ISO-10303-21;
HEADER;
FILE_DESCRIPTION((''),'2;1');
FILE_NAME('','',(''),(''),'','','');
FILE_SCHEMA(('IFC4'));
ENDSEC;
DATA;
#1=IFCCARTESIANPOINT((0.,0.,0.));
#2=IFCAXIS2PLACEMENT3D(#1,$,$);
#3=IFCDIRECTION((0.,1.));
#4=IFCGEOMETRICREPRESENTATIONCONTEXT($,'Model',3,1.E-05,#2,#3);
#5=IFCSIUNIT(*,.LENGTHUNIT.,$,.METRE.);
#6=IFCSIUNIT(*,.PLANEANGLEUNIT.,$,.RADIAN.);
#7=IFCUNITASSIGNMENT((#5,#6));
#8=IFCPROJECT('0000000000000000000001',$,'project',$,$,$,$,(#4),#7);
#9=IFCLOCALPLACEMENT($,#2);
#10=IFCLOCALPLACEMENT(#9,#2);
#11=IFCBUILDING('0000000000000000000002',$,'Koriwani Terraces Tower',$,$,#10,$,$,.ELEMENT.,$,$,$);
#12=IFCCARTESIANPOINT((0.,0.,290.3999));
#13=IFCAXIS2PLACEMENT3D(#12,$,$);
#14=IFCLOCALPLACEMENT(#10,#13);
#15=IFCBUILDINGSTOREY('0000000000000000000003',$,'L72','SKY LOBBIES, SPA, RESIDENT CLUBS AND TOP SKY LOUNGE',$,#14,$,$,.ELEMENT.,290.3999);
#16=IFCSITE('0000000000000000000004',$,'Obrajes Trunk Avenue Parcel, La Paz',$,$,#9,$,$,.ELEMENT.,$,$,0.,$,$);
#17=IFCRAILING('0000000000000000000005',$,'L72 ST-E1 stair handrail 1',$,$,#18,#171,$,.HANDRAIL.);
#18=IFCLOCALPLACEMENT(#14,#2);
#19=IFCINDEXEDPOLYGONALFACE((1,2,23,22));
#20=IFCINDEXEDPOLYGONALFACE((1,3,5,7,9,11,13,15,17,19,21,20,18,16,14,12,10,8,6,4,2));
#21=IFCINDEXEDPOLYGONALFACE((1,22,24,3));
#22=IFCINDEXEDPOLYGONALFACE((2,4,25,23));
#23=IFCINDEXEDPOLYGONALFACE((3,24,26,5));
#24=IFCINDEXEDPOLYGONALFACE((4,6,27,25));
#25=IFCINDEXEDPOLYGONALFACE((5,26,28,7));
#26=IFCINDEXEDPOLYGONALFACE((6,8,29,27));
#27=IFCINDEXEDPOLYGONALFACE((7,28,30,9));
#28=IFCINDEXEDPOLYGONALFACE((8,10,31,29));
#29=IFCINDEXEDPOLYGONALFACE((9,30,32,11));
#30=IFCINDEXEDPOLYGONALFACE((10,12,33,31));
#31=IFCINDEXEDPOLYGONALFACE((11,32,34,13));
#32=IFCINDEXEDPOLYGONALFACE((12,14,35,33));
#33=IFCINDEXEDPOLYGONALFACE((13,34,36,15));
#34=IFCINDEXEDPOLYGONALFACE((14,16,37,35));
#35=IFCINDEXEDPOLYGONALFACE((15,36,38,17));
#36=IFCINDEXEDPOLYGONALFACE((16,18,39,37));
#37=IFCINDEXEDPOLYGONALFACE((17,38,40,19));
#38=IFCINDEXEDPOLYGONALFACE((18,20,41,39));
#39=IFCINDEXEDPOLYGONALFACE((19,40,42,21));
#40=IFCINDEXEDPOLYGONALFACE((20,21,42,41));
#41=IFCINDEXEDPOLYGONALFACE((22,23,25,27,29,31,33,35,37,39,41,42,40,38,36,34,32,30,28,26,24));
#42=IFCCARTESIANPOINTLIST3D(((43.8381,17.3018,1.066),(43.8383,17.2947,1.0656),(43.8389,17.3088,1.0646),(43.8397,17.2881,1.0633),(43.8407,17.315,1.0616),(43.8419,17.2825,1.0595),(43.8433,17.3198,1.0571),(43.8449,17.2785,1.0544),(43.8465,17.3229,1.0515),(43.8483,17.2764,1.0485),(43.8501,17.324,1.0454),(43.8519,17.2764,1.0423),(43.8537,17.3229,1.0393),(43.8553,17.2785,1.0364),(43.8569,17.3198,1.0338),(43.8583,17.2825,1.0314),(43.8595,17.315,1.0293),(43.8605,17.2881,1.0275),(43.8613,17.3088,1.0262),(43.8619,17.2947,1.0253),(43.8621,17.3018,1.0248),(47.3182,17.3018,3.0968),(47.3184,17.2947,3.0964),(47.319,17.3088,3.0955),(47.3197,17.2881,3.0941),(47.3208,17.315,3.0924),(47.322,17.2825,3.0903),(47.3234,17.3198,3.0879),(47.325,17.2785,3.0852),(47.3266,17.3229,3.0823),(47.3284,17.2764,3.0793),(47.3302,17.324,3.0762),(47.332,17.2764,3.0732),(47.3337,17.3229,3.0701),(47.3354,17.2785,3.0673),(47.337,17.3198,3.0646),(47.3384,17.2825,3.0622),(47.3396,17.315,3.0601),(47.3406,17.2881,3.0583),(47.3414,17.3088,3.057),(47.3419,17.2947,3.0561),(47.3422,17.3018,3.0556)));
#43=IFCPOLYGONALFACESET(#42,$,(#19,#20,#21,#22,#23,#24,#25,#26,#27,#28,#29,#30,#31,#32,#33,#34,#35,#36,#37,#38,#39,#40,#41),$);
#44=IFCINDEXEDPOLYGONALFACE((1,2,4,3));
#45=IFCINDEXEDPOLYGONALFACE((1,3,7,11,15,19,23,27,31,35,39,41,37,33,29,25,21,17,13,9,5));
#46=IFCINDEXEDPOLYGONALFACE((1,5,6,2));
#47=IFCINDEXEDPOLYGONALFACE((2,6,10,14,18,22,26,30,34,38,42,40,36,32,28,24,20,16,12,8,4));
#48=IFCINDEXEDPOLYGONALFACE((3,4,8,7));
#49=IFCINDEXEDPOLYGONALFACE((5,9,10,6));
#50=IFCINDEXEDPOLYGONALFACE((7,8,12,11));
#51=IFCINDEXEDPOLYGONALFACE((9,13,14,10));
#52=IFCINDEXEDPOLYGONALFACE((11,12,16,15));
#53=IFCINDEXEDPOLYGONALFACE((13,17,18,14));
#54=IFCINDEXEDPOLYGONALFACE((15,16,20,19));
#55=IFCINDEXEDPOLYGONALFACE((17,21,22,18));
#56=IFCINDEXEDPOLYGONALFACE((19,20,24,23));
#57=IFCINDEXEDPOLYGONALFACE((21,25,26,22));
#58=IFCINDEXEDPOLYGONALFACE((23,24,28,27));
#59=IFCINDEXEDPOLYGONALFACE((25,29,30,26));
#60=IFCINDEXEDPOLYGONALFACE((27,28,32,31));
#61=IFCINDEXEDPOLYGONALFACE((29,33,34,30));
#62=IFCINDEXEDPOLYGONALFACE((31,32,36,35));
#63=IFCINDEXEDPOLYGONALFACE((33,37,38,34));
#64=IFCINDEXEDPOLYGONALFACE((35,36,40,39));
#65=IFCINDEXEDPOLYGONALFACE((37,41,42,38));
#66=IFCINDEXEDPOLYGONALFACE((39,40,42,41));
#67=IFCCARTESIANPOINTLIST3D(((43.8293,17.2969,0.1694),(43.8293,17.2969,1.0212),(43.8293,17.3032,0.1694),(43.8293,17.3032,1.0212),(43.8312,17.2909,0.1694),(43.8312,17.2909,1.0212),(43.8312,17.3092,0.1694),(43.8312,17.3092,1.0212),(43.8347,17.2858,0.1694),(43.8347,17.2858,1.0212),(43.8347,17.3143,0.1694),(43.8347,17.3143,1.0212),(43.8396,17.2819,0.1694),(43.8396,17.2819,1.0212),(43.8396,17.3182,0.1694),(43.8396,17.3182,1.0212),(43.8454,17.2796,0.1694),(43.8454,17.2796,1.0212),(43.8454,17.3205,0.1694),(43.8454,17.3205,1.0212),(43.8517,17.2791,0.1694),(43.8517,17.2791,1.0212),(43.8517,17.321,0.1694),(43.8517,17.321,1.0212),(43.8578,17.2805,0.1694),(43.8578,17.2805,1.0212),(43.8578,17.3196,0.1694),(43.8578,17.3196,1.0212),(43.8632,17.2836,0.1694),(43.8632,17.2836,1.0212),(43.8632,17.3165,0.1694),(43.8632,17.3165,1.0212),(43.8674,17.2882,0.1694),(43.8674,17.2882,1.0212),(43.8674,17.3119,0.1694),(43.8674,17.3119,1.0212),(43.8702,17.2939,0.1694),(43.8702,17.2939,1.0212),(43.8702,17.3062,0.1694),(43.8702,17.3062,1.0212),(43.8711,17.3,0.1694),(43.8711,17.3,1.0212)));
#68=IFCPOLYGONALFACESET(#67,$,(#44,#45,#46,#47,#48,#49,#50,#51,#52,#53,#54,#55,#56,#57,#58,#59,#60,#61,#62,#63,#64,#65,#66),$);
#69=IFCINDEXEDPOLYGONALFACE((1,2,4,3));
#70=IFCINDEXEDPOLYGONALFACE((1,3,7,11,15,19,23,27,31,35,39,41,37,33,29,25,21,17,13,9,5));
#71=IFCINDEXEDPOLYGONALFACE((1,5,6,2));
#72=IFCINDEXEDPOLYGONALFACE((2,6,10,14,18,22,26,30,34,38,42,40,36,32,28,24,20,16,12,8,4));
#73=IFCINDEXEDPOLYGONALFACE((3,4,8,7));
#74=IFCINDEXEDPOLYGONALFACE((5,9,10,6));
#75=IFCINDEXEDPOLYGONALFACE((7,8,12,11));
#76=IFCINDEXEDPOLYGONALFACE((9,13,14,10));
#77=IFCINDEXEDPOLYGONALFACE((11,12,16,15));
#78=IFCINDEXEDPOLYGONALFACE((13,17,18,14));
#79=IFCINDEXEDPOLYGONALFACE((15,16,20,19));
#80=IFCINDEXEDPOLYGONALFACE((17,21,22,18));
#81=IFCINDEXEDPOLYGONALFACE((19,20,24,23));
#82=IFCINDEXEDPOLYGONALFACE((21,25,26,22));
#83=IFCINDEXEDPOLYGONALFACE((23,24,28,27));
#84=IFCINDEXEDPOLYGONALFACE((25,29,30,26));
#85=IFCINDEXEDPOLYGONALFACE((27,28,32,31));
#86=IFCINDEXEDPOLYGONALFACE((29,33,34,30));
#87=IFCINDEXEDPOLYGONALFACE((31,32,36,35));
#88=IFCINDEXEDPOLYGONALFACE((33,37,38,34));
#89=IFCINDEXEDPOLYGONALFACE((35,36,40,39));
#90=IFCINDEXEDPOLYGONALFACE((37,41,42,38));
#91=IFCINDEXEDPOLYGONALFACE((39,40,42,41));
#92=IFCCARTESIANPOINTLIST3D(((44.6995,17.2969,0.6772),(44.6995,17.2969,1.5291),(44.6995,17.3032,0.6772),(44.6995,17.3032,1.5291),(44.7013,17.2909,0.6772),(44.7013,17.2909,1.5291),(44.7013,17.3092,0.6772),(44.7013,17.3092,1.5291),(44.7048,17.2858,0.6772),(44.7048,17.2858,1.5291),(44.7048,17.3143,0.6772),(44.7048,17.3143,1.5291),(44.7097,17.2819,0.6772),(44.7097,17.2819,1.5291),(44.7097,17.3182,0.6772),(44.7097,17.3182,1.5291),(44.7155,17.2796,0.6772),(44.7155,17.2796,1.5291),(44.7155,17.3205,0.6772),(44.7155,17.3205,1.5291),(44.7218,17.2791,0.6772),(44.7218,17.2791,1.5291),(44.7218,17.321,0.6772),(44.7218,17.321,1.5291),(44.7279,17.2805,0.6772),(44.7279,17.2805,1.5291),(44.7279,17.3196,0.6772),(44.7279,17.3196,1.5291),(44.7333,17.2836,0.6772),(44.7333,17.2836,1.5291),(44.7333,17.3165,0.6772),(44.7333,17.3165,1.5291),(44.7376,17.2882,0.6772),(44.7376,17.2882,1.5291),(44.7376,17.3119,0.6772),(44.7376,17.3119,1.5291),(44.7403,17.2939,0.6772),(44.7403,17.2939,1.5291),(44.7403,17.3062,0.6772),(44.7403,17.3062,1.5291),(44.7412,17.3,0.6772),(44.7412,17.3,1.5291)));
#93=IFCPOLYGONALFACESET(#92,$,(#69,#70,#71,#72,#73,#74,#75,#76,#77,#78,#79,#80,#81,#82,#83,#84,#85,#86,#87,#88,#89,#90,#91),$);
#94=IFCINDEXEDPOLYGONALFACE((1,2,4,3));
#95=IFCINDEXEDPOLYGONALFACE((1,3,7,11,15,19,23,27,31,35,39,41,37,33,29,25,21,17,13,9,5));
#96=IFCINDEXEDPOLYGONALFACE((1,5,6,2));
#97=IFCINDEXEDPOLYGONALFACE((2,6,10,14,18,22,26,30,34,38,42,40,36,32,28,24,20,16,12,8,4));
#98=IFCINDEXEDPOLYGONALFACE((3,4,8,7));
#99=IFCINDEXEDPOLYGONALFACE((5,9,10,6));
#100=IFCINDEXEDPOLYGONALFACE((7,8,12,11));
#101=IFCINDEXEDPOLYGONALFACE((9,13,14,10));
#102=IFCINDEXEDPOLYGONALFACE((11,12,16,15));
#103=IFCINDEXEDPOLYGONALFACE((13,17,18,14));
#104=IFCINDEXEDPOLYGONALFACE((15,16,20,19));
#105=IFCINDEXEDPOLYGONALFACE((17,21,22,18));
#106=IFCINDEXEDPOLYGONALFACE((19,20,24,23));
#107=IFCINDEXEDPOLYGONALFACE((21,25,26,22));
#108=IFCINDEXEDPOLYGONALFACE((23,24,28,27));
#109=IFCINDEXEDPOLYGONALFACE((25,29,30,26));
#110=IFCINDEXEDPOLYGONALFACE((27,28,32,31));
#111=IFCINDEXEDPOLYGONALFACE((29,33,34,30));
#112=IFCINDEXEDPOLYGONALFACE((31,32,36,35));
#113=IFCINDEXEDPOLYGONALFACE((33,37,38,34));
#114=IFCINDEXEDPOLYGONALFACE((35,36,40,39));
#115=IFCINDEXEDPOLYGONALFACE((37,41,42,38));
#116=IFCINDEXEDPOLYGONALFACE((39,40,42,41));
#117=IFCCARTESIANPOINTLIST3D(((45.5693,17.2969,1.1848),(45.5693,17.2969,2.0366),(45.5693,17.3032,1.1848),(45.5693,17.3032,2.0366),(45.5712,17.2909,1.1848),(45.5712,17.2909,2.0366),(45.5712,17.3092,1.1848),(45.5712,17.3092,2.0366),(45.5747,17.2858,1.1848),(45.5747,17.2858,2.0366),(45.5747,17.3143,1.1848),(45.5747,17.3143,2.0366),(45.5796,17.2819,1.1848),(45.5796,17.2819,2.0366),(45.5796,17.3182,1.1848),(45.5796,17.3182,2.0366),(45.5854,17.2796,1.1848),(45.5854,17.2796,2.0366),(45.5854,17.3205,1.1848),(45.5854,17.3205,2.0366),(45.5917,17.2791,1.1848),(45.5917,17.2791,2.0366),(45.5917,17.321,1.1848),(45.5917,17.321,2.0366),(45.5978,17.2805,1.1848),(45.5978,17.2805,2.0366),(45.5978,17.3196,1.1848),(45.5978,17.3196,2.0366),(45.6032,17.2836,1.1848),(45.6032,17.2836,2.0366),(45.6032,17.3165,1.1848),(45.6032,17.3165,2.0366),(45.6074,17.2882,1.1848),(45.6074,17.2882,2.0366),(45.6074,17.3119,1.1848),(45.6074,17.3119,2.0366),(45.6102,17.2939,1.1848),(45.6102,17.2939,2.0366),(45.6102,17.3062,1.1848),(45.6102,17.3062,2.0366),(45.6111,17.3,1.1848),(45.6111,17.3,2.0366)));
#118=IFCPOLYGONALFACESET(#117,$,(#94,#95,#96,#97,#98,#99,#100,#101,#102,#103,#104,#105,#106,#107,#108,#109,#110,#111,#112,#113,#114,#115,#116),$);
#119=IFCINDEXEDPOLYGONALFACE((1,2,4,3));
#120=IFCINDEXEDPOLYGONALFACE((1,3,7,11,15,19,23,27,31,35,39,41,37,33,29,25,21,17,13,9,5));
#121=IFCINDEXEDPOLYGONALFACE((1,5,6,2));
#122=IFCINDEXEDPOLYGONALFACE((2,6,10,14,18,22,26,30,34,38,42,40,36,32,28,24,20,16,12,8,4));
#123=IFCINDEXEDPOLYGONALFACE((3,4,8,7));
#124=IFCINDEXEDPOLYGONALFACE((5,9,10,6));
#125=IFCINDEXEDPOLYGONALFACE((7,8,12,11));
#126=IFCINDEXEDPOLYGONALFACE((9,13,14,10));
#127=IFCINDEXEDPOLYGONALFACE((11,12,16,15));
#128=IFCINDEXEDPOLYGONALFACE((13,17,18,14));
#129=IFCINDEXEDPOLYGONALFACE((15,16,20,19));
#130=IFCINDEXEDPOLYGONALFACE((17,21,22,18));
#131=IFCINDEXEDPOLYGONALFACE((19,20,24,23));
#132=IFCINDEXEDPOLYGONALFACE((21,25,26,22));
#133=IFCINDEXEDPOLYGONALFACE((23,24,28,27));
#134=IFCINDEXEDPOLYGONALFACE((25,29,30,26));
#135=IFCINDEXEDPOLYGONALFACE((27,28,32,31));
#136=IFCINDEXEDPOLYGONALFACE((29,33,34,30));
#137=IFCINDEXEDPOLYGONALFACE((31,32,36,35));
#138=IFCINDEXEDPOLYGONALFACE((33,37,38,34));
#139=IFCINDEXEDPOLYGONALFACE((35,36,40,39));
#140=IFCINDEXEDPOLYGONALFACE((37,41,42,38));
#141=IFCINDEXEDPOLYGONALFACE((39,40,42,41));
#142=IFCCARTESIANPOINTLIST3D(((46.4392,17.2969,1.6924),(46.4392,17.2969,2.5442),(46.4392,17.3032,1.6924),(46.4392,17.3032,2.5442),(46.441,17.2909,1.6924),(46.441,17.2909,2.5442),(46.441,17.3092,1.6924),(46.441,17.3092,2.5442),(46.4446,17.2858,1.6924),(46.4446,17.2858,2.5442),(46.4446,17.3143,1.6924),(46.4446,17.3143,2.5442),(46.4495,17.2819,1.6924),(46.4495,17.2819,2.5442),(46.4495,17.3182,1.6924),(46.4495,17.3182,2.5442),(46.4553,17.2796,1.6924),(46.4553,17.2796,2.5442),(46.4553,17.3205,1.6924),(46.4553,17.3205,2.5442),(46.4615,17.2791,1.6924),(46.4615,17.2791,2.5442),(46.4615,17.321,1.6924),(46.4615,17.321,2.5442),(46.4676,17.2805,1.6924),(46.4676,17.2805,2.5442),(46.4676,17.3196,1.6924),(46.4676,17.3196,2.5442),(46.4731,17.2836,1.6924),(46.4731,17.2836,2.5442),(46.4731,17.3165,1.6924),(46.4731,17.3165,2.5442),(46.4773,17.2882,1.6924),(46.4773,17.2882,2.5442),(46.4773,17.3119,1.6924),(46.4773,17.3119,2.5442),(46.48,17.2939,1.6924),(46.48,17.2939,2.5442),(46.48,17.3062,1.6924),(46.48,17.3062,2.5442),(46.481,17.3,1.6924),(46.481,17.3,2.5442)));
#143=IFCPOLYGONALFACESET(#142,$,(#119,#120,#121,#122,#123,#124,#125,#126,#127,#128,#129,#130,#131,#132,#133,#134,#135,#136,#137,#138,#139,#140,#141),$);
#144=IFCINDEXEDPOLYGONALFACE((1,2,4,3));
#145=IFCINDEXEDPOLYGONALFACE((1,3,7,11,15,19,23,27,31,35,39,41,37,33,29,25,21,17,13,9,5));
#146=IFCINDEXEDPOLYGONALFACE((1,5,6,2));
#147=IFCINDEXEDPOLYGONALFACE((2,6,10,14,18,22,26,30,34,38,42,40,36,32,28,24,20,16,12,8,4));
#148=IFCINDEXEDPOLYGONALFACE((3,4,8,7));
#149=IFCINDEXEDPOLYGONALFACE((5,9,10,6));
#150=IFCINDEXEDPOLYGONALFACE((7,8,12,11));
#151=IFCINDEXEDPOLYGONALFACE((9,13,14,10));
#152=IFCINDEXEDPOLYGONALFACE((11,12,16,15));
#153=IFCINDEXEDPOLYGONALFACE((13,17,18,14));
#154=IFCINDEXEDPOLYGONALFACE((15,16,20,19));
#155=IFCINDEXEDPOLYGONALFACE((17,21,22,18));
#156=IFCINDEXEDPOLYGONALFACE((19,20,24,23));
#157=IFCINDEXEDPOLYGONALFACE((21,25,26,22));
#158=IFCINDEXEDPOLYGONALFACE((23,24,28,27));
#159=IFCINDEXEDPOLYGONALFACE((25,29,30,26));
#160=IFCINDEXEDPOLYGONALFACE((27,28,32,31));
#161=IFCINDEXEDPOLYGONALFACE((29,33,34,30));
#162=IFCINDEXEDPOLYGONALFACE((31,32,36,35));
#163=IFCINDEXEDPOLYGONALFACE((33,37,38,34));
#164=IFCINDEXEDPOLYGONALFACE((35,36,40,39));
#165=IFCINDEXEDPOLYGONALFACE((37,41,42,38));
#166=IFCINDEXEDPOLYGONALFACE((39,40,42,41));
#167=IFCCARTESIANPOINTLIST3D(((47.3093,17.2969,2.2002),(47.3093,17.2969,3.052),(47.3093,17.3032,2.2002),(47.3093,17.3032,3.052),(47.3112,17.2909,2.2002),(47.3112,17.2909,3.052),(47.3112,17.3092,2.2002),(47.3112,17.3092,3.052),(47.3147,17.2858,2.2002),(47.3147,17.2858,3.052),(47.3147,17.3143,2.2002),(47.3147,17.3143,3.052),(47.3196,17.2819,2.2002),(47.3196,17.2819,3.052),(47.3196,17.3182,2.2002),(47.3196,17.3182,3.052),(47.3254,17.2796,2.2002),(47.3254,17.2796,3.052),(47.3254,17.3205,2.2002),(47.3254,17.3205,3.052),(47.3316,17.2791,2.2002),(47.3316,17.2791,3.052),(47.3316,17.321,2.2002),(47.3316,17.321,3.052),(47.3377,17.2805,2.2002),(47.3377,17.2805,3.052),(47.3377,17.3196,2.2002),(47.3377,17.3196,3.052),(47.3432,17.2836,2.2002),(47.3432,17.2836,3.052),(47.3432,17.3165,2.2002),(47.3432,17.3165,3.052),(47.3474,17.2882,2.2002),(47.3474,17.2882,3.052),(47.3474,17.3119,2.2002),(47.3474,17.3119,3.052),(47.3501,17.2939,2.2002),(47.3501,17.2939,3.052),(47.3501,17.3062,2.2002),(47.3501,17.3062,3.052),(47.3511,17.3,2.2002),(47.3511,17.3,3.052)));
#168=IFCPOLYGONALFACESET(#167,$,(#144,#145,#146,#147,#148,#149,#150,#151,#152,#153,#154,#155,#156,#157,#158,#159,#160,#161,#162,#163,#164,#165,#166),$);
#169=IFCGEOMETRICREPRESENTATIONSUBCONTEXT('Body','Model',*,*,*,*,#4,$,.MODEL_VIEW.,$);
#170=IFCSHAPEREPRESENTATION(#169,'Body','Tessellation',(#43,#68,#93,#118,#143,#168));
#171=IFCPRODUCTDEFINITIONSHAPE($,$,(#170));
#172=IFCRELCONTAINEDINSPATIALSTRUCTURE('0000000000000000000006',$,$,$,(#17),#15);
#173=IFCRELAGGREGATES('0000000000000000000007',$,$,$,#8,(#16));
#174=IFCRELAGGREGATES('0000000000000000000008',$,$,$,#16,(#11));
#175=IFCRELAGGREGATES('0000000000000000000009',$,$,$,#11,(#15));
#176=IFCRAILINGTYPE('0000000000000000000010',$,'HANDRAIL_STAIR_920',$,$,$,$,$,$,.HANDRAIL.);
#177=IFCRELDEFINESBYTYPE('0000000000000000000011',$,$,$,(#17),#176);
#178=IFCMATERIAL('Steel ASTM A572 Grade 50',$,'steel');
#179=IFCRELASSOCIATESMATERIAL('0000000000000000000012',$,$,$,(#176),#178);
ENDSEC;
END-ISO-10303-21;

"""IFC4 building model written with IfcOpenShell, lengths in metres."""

from ifc_helpers import new_model, si_unit, direction, frame, origin, origin_2d, place, context, subcontext, project, spatial, circle, extrude, material, type_object, element, save


model = new_model("IFC4")

# Units and contexts
model_context = context("Model", 3, precision=1e-05, world=origin(), true_north=direction((0.0, 1.0)))
body_context = subcontext(model_context, "Body", "Model", "MODEL_VIEW")
ifc_project = project(units=[si_unit("LENGTHUNIT", "METRE"), si_unit("PLANEANGLEUNIT", "RADIAN")], contexts=[model_context])

# Site, building, storey
site_placement = place(None, origin())
site = spatial("IfcSite", under=ifc_project, at=site_placement, Name="Obrajes Trunk Avenue Parcel, La Paz", CompositionType="ELEMENT", RefElevation=0.0)
building_placement = place(site_placement, origin())
building = spatial("IfcBuilding", under=site, at=building_placement, Name="Koriwani Terraces Tower", CompositionType="ELEMENT")
storey_placement = place(building_placement, frame((0.0, 0.0, 290.3999)))
storey = spatial("IfcBuildingStorey", under=building, at=storey_placement, Name="L72", Description="SKY LOBBIES, SPA, RESIDENT CLUBS AND TOP SKY LOUNGE", CompositionType="ELEMENT", Elevation=290.3999)

# Shared definitions
ifc_material_1 = material(Name="Steel ASTM A572 Grade 50", Category="steel")

# Railing
railing_type_1 = type_object("IfcRailingType", Name="HANDRAIL_STAIR_920", PredefinedType="HANDRAIL", material=ifc_material_1)
railing_1_placement = place(storey_placement, frame((43.8501, 17.3, 0.1694)))
element("IfcRailing", 1, at=railing_1_placement, inside=storey, type_object=railing_type_1, Name="L72 ST-E1 stair handrail 1", PredefinedType="HANDRAIL", context=body_context, shape_type="SweptSolid", body=[
    extrude(circle(Radius=0.0239, at=origin_2d()), frame((0.0, 0.0, 0.876), z_axis=(0.863695, 0.0, 0.504014), x_axis=(0.0, 1.0, 0.0)), (0.0, 0.0, 1.0), 4.0293),
    extrude(circle(Radius=0.021, at=origin_2d()), origin(), (0.0, 0.0, 1.0), 0.8518),
    extrude(circle(Radius=0.021, at=origin_2d()), frame((0.8701, 0.0, 0.5078)), (0.0, 0.0, 1.0), 0.8518),
    extrude(circle(Radius=0.021, at=origin_2d()), frame((1.74, 0.0, 1.0154)), (0.0, 0.0, 1.0), 0.8518),
    extrude(circle(Radius=0.021, at=origin_2d()), frame((2.6099, 0.0, 1.5229)), (0.0, 0.0, 1.0), 0.8518),
    extrude(circle(Radius=0.021, at=origin_2d()), frame((3.48, 0.0, 2.0308)), (0.0, 0.0, 1.0), 0.8518),
])

save(model, "model.ifc")
